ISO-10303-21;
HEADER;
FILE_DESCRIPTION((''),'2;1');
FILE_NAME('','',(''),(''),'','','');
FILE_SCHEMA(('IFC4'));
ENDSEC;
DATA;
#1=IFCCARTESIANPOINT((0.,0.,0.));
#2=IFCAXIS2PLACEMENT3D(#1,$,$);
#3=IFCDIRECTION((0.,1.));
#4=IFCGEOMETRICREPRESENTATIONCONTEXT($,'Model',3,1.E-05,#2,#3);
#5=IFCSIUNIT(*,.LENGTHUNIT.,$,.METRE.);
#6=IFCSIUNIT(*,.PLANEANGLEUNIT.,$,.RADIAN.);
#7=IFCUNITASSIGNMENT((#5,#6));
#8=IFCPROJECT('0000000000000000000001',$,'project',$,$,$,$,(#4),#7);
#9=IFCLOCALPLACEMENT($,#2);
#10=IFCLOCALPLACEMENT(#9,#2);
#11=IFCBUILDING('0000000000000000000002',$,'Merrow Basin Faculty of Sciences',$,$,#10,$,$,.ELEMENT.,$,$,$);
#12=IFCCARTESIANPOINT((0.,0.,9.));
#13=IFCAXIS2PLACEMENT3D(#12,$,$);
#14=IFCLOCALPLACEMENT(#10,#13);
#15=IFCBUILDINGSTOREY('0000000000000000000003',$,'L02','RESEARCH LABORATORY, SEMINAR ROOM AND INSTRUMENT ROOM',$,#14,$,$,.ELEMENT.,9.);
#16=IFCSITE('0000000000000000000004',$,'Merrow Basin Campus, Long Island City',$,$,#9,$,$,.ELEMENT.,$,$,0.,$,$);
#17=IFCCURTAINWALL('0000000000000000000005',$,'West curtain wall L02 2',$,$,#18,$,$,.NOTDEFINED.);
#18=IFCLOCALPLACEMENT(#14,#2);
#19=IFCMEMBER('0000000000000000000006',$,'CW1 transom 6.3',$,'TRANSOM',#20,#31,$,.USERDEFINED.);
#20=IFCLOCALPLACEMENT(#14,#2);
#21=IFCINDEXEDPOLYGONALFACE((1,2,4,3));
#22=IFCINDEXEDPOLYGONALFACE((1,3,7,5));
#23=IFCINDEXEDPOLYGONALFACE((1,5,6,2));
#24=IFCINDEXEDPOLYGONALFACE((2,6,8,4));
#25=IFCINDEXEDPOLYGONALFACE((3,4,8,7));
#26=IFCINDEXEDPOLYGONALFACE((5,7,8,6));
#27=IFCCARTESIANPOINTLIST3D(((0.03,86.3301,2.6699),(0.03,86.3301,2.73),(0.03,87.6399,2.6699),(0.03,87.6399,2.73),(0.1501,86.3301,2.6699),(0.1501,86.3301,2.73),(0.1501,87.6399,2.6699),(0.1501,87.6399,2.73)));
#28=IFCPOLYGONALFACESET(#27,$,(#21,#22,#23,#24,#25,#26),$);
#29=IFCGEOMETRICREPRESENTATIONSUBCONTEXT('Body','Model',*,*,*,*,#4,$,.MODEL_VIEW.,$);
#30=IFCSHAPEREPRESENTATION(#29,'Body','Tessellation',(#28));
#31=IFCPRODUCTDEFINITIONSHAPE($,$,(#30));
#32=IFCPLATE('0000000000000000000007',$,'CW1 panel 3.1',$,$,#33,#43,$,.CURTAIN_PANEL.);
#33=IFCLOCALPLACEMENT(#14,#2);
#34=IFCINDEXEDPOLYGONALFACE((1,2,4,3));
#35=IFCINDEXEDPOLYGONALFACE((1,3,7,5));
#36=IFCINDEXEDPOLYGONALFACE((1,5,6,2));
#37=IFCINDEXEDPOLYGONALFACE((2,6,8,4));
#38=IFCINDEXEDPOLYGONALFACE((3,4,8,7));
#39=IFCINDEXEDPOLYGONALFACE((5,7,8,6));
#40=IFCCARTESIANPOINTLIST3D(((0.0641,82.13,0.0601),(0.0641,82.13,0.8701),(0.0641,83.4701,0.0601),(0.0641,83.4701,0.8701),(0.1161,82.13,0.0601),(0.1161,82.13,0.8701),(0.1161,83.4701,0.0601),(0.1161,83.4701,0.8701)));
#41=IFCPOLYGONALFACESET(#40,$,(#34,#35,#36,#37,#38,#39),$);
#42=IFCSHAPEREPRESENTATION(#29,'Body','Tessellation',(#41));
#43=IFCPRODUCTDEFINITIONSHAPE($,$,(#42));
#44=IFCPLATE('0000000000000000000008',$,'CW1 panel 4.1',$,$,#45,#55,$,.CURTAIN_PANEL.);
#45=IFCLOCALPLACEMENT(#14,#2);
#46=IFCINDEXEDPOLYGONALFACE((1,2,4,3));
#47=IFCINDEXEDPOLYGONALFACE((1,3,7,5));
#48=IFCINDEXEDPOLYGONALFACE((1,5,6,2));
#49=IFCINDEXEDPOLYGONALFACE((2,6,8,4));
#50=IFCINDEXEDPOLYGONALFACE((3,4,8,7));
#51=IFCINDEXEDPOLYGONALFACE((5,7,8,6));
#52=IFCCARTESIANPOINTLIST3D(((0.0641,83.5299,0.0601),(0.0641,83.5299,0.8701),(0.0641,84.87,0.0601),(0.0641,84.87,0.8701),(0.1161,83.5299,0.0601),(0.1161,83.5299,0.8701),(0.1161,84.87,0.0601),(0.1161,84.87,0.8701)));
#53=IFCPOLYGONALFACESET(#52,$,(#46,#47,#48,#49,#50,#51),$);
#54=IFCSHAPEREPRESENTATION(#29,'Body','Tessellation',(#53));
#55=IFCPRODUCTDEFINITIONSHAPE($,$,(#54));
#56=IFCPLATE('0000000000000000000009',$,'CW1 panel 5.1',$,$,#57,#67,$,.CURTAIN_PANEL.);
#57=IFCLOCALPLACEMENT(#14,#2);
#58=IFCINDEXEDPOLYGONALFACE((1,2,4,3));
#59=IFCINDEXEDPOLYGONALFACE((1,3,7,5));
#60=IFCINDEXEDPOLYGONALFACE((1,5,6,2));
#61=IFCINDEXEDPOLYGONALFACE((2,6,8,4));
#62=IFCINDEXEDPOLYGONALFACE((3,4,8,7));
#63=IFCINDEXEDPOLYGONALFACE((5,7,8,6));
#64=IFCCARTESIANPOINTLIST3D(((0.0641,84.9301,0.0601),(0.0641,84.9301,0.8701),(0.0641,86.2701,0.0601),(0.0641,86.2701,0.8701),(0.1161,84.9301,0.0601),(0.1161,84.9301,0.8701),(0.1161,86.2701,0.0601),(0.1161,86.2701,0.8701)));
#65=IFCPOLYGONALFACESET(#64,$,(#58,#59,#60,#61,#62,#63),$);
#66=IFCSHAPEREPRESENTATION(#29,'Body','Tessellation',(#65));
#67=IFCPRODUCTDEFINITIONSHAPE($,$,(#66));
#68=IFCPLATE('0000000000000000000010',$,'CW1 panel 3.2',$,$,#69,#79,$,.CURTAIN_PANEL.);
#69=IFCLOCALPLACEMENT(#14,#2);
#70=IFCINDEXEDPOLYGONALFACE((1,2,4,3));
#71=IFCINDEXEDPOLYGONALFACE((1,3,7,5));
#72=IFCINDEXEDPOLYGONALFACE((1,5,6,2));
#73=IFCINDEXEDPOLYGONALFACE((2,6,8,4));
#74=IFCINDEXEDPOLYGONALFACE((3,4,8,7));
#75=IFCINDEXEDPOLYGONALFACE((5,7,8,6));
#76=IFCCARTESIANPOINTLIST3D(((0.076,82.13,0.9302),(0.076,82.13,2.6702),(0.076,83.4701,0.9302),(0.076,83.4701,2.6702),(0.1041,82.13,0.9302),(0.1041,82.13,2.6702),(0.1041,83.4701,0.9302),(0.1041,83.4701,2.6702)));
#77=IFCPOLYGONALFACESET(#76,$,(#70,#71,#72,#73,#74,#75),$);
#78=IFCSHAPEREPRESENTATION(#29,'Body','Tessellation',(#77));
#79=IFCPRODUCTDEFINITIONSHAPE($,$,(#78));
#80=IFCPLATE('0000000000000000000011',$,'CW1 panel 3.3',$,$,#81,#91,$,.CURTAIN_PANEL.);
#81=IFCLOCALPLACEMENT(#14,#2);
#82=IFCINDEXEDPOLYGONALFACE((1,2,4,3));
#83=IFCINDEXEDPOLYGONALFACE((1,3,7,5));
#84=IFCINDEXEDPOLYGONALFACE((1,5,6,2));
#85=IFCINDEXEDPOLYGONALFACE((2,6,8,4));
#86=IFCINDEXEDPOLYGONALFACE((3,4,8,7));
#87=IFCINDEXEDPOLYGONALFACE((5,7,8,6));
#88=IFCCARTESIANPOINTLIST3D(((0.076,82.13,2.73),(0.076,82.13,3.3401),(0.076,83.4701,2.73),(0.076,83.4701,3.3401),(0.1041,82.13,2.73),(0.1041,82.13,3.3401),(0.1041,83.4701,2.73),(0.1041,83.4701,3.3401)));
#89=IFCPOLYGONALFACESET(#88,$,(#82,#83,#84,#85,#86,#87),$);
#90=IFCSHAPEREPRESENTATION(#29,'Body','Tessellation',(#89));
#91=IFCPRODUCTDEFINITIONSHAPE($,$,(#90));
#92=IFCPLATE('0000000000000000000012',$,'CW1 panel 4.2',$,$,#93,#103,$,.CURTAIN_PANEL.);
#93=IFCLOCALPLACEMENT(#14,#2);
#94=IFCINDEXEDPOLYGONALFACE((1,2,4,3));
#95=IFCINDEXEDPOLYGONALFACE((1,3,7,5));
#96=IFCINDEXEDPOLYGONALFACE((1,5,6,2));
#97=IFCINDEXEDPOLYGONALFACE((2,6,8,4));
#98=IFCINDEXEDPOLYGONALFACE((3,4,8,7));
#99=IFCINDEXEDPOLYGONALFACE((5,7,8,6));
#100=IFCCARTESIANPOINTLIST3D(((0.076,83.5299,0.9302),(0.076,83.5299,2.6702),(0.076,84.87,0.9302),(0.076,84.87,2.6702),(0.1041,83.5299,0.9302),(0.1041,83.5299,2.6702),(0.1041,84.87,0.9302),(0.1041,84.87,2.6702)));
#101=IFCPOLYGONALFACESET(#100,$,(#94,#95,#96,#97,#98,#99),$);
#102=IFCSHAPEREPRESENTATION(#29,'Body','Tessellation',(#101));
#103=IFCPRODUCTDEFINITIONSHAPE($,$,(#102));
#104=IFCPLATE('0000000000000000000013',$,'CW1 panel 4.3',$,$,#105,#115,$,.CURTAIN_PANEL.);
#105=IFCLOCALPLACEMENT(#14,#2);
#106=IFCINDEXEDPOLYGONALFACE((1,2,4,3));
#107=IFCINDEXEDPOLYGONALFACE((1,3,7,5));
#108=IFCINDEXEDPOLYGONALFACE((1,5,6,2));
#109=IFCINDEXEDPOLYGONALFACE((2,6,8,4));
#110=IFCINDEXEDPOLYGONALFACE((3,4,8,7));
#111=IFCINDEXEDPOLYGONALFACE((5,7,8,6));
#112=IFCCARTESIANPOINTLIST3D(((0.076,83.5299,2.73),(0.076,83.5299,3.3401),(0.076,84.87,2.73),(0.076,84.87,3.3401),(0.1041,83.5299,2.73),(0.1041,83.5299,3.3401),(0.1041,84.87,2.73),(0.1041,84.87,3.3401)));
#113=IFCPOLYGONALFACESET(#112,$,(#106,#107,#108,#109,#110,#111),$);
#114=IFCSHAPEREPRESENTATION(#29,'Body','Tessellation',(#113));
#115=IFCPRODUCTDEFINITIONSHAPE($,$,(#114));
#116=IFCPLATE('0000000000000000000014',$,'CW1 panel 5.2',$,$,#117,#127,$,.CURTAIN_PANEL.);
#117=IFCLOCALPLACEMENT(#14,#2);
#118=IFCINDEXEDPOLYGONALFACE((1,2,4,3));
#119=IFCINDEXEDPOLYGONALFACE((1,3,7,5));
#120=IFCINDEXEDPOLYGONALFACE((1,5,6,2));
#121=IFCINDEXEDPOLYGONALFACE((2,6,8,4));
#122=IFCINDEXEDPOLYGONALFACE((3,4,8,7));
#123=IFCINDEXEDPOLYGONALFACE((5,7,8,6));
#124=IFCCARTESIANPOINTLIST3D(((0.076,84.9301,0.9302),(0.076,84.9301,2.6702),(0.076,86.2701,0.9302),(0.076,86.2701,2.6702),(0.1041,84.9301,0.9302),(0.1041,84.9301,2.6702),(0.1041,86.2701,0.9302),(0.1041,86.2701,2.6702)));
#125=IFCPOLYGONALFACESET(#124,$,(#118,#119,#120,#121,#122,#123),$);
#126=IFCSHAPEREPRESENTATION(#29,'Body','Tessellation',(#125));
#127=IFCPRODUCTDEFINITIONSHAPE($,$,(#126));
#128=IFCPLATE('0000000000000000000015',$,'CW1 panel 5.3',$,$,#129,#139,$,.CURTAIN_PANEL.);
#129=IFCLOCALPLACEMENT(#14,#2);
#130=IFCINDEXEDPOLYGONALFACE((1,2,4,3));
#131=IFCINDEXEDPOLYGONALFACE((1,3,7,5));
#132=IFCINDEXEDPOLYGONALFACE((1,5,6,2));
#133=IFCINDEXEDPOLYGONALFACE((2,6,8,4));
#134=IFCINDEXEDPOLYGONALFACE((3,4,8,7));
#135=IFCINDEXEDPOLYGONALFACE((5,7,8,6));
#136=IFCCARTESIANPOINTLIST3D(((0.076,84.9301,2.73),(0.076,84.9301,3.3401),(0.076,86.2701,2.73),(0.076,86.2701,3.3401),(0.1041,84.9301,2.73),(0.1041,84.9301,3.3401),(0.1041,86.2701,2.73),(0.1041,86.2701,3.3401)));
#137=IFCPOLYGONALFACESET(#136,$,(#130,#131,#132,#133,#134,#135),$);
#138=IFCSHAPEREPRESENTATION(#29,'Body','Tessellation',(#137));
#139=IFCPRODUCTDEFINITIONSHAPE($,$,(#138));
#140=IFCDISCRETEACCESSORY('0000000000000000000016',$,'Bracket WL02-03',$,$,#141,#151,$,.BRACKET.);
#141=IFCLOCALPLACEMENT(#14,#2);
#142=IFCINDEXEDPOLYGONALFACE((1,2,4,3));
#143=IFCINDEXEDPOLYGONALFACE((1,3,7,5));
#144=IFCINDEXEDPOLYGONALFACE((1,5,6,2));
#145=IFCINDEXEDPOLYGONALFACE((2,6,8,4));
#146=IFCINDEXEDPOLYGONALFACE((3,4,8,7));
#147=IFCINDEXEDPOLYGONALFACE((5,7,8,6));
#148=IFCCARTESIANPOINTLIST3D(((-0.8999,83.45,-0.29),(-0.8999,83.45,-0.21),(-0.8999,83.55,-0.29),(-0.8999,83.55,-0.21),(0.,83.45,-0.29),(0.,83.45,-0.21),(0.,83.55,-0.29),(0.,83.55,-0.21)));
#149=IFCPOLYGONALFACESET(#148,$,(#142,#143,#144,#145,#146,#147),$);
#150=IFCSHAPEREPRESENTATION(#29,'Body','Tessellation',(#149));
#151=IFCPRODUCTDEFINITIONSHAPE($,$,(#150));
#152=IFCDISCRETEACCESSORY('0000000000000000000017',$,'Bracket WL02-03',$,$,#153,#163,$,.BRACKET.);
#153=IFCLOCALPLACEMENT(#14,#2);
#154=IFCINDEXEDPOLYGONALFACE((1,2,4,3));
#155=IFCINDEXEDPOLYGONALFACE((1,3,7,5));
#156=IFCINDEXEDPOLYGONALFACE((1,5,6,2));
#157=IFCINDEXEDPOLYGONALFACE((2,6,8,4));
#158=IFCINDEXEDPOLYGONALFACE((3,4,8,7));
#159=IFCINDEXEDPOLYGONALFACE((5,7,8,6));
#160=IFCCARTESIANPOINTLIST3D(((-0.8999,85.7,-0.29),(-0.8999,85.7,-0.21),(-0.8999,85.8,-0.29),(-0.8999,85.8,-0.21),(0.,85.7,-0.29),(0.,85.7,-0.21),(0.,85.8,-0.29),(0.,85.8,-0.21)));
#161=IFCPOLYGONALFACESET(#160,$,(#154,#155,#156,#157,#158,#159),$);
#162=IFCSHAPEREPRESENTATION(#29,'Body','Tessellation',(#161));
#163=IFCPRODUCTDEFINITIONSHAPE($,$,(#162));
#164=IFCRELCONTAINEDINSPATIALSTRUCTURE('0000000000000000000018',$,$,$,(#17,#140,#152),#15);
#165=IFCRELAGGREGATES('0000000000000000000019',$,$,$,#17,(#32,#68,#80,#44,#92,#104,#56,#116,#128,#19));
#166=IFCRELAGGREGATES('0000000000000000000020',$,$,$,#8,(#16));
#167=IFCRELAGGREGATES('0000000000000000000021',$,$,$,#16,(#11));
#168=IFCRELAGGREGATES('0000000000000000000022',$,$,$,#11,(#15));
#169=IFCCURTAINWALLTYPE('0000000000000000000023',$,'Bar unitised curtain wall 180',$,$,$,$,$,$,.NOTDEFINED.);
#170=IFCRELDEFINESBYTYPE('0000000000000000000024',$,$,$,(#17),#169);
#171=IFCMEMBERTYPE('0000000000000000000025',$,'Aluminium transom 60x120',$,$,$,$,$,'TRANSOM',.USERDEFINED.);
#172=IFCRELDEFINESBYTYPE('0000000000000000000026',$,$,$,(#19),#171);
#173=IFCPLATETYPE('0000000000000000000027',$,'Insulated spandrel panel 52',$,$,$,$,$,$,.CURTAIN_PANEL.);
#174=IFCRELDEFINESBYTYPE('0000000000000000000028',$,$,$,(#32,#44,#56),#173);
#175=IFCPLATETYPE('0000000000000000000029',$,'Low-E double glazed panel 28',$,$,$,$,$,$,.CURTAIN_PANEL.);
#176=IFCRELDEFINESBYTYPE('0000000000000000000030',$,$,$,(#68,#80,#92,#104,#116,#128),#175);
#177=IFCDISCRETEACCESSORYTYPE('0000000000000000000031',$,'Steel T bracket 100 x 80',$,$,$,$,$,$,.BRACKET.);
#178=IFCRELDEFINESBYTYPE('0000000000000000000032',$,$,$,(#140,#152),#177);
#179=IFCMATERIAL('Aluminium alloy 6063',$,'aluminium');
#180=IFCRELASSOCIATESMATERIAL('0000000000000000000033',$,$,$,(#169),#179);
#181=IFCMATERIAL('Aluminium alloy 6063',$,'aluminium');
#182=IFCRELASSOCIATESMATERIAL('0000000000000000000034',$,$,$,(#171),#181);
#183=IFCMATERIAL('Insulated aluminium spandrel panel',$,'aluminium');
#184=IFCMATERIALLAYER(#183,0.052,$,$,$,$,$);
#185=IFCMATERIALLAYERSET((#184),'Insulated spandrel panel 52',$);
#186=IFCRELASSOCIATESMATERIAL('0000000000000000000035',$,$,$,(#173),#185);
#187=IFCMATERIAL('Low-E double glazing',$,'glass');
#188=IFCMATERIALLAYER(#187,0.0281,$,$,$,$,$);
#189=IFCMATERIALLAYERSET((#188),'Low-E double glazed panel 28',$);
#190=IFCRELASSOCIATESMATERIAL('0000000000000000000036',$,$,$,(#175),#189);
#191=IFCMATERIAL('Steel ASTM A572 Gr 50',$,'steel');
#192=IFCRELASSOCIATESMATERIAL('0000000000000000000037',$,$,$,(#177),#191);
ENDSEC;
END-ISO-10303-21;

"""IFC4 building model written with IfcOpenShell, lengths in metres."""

from ifc_helpers import new_model, si_unit, direction, frame, origin, origin_2d, place, context, subcontext, project, spatial, polyline, rectangle, outline, extrude, source, transform, mapped, material, layer, layer_set, material_profile, profile_set, type_object, element, aggregate, save


model = new_model("IFC4")

# Units and contexts
model_context = context("Model", 3, precision=1e-05, world=origin(), true_north=direction((0.0, 1.0)))
body_context = subcontext(model_context, "Body", "Model", "MODEL_VIEW")
ifc_project = project(units=[si_unit("LENGTHUNIT", "METRE"), si_unit("PLANEANGLEUNIT", "RADIAN")], contexts=[model_context])

# Site, building, storey
site_placement = place(None, origin())
site = spatial("IfcSite", under=ifc_project, at=site_placement, Name="Merrow Basin Campus, Long Island City", CompositionType="ELEMENT", RefElevation=0.0)
building_placement = place(site_placement, origin())
building = spatial("IfcBuilding", under=site, at=building_placement, Name="Merrow Basin Faculty of Sciences", CompositionType="ELEMENT")
storey_placement = place(building_placement, frame((0.0, 0.0, 9.0)))
storey = spatial("IfcBuildingStorey", under=building, at=storey_placement, Name="L02", Description="RESEARCH LABORATORY, SEMINAR ROOM AND INSTRUMENT ROOM", CompositionType="ELEMENT", Elevation=9.0)

# Curtain wall, member, plates
ifc_material_1 = material(Name="Aluminium alloy 6063", Category="aluminium")
curtain_wall_type = type_object("IfcCurtainWallType", Name="Bar unitised curtain wall 180", PredefinedType="NOTDEFINED", material=ifc_material_1)
curtain_wall_placement = place(storey_placement, origin())
curtain_wall = element("IfcCurtainWall", 1, at=curtain_wall_placement, inside=storey, type_object=curtain_wall_type, Name="West curtain wall L02 2", PredefinedType="NOTDEFINED")
ifc_material_2 = material(Name="Aluminium alloy 6063", Category="aluminium")
ifc_material_profile_1 = material_profile(ifc_material_2, rectangle(XDim=0.1201, YDim=0.0601, at=origin_2d()))
ifc_profile_set_1 = profile_set([ifc_material_profile_1], Name="Aluminium alloy 6063")
member_type_1 = type_object("IfcMemberType", Name="Aluminium transom 60x120", ElementType="TRANSOM", PredefinedType="USERDEFINED", material=ifc_profile_set_1)
member_1_placement = place(storey_placement, frame((0.0901, 86.3301, 2.7), z_axis=(0.0, 1.0, 0.0), x_axis=(-1.0, 0.0, 0.0)))
member_1 = element("IfcMember", 2, at=member_1_placement, type_object=member_type_1, Name="CW1 transom 6.3", ObjectType="TRANSOM", PredefinedType="USERDEFINED", context=body_context, shape_type="SweptSolid", body=[
    extrude(rectangle(XDim=0.1201, YDim=0.0601, at=origin_2d()), origin(), (0.0, 0.0, 1.0), 1.3098),
])
ifc_material_3 = material(Name="Insulated aluminium spandrel panel", Category="aluminium")
ifc_layer_1 = layer(ifc_material_3, 0.052)
ifc_layer_set_1 = layer_set([ifc_layer_1], Name="Insulated spandrel panel 52")
plate_type_1 = type_object("IfcPlateType", Name="Insulated spandrel panel 52", PredefinedType="CURTAIN_PANEL", material=ifc_layer_set_1)
plate_1_placement = place(storey_placement, frame((0.0901, 82.8, 0.0601), z_axis=(0.0, 0.0, 1.0), x_axis=(0.0, 1.0, 0.0)))
plate_1 = element("IfcPlate", 3, at=plate_1_placement, type_object=plate_type_1, Name="CW1 panel 3.1", PredefinedType="CURTAIN_PANEL", context=body_context, shape_type="SweptSolid", body=[
    extrude(rectangle(XDim=1.3401, YDim=0.052, at=origin_2d()), origin(), (0.0, 0.0, 1.0), 0.8101),
])
plate_2_placement = place(storey_placement, frame((0.0901, 84.2, 0.0601), z_axis=(0.0, 0.0, 1.0), x_axis=(0.0, 1.0, 0.0)))
plate_2 = element("IfcPlate", 4, at=plate_2_placement, type_object=plate_type_1, Name="CW1 panel 4.1", PredefinedType="CURTAIN_PANEL", context=body_context, shape_type="SweptSolid", body=[
    extrude(rectangle(XDim=1.3401, YDim=0.052, at=origin_2d()), origin(), (0.0, 0.0, 1.0), 0.8101),
])
plate_3_placement = place(storey_placement, frame((0.0901, 85.6001, 0.0601), z_axis=(0.0, 0.0, 1.0), x_axis=(0.0, 1.0, 0.0)))
plate_3 = element("IfcPlate", 5, at=plate_3_placement, type_object=plate_type_1, Name="CW1 panel 5.1", PredefinedType="CURTAIN_PANEL", context=body_context, shape_type="SweptSolid", body=[
    extrude(rectangle(XDim=1.3401, YDim=0.052, at=origin_2d()), origin(), (0.0, 0.0, 1.0), 0.8101),
])
ifc_material_4 = material(Name="Low-E double glazing", Category="glass")
ifc_layer_2 = layer(ifc_material_4, 0.0281)
ifc_layer_set_2 = layer_set([ifc_layer_2], Name="Low-E double glazed panel 28")
plate_type_2 = type_object("IfcPlateType", Name="Low-E double glazed panel 28", PredefinedType="CURTAIN_PANEL", material=ifc_layer_set_2)
plate_4_placement = place(storey_placement, frame((0.0901, 82.8, 0.9302), z_axis=(0.0, 0.0, 1.0), x_axis=(0.0, 1.0, 0.0)))
plate_4 = element("IfcPlate", 6, at=plate_4_placement, type_object=plate_type_2, Name="CW1 panel 3.2", PredefinedType="CURTAIN_PANEL", context=body_context, shape_type="SweptSolid", body=[
    extrude(rectangle(XDim=1.3401, YDim=0.0281, at=origin_2d()), origin(), (0.0, 0.0, 1.0), 1.74),
])
plate_5_placement = place(storey_placement, frame((0.0901, 82.8, 2.73), z_axis=(0.0, 0.0, 1.0), x_axis=(0.0, 1.0, 0.0)))
plate_5 = element("IfcPlate", 7, at=plate_5_placement, type_object=plate_type_2, Name="CW1 panel 3.3", PredefinedType="CURTAIN_PANEL", context=body_context, shape_type="SweptSolid", body=[
    extrude(rectangle(XDim=1.3401, YDim=0.0281, at=origin_2d()), origin(), (0.0, 0.0, 1.0), 0.6101),
])
plate_6_placement = place(storey_placement, frame((0.0901, 84.2, 0.9302), z_axis=(0.0, 0.0, 1.0), x_axis=(0.0, 1.0, 0.0)))
plate_6 = element("IfcPlate", 8, at=plate_6_placement, type_object=plate_type_2, Name="CW1 panel 4.2", PredefinedType="CURTAIN_PANEL", context=body_context, shape_type="SweptSolid", body=[
    extrude(rectangle(XDim=1.3401, YDim=0.0281, at=origin_2d()), origin(), (0.0, 0.0, 1.0), 1.74),
])
plate_7_placement = place(storey_placement, frame((0.0901, 84.2, 2.73), z_axis=(0.0, 0.0, 1.0), x_axis=(0.0, 1.0, 0.0)))
plate_7 = element("IfcPlate", 9, at=plate_7_placement, type_object=plate_type_2, Name="CW1 panel 4.3", PredefinedType="CURTAIN_PANEL", context=body_context, shape_type="SweptSolid", body=[
    extrude(rectangle(XDim=1.3401, YDim=0.0281, at=origin_2d()), origin(), (0.0, 0.0, 1.0), 0.6101),
])
plate_8_placement = place(storey_placement, frame((0.0901, 85.6001, 0.9302), z_axis=(0.0, 0.0, 1.0), x_axis=(0.0, 1.0, 0.0)))
plate_8 = element("IfcPlate", 10, at=plate_8_placement, type_object=plate_type_2, Name="CW1 panel 5.2", PredefinedType="CURTAIN_PANEL", context=body_context, shape_type="SweptSolid", body=[
    extrude(rectangle(XDim=1.3401, YDim=0.0281, at=origin_2d()), origin(), (0.0, 0.0, 1.0), 1.74),
])
plate_9_placement = place(storey_placement, frame((0.0901, 85.6001, 2.73), z_axis=(0.0, 0.0, 1.0), x_axis=(0.0, 1.0, 0.0)))
plate_9 = element("IfcPlate", 11, at=plate_9_placement, type_object=plate_type_2, Name="CW1 panel 5.3", PredefinedType="CURTAIN_PANEL", context=body_context, shape_type="SweptSolid", body=[
    extrude(rectangle(XDim=1.3401, YDim=0.0281, at=origin_2d()), origin(), (0.0, 0.0, 1.0), 0.6101),
])
aggregate(curtain_wall, [plate_1, plate_4, plate_5, plate_2, plate_6, plate_7, plate_3, plate_8, plate_9, member_1])

# Discrete accessories
ifc_material_5 = material(Name="Steel ASTM A572 Gr 50", Category="steel")
discrete_accessory_type = type_object("IfcDiscreteAccessoryType", Name="Steel T bracket 100 x 80", PredefinedType="BRACKET", material=ifc_material_5)
shared_shape = source(origin(), body_context, "Body", "SweptSolid", [
    extrude(outline(polyline([(0.0, 0.0), (0.1001, 0.0), (0.1001, 0.0801), (0.0, 0.0801), (0.0, 0.0)])), origin(), (0.0, 0.0, 1.0), 0.8999),
])
for number, where, z_axis, x_axis, name in (
    (12, (-0.8999, 83.45, -0.29), (1.0, 0.0, 0.0), (0.0, 1.0, 0.0), "Bracket WL02-03"),
    (13, (-0.8999, 85.7, -0.29), (1.0, 0.0, 0.0), (0.0, 1.0, 0.0), "Bracket WL02-03"),
):
    element("IfcDiscreteAccessory", number, at=place(storey_placement, frame(where, z_axis=z_axis, x_axis=x_axis)), inside=storey, type_object=discrete_accessory_type, Name=name, PredefinedType="BRACKET", context=body_context, shape_type="MappedRepresentation", body=[
        mapped(shared_shape, transform((0.0, 0.0, 0.0), scale=1.0)),
    ])

save(model, "model.ifc")
